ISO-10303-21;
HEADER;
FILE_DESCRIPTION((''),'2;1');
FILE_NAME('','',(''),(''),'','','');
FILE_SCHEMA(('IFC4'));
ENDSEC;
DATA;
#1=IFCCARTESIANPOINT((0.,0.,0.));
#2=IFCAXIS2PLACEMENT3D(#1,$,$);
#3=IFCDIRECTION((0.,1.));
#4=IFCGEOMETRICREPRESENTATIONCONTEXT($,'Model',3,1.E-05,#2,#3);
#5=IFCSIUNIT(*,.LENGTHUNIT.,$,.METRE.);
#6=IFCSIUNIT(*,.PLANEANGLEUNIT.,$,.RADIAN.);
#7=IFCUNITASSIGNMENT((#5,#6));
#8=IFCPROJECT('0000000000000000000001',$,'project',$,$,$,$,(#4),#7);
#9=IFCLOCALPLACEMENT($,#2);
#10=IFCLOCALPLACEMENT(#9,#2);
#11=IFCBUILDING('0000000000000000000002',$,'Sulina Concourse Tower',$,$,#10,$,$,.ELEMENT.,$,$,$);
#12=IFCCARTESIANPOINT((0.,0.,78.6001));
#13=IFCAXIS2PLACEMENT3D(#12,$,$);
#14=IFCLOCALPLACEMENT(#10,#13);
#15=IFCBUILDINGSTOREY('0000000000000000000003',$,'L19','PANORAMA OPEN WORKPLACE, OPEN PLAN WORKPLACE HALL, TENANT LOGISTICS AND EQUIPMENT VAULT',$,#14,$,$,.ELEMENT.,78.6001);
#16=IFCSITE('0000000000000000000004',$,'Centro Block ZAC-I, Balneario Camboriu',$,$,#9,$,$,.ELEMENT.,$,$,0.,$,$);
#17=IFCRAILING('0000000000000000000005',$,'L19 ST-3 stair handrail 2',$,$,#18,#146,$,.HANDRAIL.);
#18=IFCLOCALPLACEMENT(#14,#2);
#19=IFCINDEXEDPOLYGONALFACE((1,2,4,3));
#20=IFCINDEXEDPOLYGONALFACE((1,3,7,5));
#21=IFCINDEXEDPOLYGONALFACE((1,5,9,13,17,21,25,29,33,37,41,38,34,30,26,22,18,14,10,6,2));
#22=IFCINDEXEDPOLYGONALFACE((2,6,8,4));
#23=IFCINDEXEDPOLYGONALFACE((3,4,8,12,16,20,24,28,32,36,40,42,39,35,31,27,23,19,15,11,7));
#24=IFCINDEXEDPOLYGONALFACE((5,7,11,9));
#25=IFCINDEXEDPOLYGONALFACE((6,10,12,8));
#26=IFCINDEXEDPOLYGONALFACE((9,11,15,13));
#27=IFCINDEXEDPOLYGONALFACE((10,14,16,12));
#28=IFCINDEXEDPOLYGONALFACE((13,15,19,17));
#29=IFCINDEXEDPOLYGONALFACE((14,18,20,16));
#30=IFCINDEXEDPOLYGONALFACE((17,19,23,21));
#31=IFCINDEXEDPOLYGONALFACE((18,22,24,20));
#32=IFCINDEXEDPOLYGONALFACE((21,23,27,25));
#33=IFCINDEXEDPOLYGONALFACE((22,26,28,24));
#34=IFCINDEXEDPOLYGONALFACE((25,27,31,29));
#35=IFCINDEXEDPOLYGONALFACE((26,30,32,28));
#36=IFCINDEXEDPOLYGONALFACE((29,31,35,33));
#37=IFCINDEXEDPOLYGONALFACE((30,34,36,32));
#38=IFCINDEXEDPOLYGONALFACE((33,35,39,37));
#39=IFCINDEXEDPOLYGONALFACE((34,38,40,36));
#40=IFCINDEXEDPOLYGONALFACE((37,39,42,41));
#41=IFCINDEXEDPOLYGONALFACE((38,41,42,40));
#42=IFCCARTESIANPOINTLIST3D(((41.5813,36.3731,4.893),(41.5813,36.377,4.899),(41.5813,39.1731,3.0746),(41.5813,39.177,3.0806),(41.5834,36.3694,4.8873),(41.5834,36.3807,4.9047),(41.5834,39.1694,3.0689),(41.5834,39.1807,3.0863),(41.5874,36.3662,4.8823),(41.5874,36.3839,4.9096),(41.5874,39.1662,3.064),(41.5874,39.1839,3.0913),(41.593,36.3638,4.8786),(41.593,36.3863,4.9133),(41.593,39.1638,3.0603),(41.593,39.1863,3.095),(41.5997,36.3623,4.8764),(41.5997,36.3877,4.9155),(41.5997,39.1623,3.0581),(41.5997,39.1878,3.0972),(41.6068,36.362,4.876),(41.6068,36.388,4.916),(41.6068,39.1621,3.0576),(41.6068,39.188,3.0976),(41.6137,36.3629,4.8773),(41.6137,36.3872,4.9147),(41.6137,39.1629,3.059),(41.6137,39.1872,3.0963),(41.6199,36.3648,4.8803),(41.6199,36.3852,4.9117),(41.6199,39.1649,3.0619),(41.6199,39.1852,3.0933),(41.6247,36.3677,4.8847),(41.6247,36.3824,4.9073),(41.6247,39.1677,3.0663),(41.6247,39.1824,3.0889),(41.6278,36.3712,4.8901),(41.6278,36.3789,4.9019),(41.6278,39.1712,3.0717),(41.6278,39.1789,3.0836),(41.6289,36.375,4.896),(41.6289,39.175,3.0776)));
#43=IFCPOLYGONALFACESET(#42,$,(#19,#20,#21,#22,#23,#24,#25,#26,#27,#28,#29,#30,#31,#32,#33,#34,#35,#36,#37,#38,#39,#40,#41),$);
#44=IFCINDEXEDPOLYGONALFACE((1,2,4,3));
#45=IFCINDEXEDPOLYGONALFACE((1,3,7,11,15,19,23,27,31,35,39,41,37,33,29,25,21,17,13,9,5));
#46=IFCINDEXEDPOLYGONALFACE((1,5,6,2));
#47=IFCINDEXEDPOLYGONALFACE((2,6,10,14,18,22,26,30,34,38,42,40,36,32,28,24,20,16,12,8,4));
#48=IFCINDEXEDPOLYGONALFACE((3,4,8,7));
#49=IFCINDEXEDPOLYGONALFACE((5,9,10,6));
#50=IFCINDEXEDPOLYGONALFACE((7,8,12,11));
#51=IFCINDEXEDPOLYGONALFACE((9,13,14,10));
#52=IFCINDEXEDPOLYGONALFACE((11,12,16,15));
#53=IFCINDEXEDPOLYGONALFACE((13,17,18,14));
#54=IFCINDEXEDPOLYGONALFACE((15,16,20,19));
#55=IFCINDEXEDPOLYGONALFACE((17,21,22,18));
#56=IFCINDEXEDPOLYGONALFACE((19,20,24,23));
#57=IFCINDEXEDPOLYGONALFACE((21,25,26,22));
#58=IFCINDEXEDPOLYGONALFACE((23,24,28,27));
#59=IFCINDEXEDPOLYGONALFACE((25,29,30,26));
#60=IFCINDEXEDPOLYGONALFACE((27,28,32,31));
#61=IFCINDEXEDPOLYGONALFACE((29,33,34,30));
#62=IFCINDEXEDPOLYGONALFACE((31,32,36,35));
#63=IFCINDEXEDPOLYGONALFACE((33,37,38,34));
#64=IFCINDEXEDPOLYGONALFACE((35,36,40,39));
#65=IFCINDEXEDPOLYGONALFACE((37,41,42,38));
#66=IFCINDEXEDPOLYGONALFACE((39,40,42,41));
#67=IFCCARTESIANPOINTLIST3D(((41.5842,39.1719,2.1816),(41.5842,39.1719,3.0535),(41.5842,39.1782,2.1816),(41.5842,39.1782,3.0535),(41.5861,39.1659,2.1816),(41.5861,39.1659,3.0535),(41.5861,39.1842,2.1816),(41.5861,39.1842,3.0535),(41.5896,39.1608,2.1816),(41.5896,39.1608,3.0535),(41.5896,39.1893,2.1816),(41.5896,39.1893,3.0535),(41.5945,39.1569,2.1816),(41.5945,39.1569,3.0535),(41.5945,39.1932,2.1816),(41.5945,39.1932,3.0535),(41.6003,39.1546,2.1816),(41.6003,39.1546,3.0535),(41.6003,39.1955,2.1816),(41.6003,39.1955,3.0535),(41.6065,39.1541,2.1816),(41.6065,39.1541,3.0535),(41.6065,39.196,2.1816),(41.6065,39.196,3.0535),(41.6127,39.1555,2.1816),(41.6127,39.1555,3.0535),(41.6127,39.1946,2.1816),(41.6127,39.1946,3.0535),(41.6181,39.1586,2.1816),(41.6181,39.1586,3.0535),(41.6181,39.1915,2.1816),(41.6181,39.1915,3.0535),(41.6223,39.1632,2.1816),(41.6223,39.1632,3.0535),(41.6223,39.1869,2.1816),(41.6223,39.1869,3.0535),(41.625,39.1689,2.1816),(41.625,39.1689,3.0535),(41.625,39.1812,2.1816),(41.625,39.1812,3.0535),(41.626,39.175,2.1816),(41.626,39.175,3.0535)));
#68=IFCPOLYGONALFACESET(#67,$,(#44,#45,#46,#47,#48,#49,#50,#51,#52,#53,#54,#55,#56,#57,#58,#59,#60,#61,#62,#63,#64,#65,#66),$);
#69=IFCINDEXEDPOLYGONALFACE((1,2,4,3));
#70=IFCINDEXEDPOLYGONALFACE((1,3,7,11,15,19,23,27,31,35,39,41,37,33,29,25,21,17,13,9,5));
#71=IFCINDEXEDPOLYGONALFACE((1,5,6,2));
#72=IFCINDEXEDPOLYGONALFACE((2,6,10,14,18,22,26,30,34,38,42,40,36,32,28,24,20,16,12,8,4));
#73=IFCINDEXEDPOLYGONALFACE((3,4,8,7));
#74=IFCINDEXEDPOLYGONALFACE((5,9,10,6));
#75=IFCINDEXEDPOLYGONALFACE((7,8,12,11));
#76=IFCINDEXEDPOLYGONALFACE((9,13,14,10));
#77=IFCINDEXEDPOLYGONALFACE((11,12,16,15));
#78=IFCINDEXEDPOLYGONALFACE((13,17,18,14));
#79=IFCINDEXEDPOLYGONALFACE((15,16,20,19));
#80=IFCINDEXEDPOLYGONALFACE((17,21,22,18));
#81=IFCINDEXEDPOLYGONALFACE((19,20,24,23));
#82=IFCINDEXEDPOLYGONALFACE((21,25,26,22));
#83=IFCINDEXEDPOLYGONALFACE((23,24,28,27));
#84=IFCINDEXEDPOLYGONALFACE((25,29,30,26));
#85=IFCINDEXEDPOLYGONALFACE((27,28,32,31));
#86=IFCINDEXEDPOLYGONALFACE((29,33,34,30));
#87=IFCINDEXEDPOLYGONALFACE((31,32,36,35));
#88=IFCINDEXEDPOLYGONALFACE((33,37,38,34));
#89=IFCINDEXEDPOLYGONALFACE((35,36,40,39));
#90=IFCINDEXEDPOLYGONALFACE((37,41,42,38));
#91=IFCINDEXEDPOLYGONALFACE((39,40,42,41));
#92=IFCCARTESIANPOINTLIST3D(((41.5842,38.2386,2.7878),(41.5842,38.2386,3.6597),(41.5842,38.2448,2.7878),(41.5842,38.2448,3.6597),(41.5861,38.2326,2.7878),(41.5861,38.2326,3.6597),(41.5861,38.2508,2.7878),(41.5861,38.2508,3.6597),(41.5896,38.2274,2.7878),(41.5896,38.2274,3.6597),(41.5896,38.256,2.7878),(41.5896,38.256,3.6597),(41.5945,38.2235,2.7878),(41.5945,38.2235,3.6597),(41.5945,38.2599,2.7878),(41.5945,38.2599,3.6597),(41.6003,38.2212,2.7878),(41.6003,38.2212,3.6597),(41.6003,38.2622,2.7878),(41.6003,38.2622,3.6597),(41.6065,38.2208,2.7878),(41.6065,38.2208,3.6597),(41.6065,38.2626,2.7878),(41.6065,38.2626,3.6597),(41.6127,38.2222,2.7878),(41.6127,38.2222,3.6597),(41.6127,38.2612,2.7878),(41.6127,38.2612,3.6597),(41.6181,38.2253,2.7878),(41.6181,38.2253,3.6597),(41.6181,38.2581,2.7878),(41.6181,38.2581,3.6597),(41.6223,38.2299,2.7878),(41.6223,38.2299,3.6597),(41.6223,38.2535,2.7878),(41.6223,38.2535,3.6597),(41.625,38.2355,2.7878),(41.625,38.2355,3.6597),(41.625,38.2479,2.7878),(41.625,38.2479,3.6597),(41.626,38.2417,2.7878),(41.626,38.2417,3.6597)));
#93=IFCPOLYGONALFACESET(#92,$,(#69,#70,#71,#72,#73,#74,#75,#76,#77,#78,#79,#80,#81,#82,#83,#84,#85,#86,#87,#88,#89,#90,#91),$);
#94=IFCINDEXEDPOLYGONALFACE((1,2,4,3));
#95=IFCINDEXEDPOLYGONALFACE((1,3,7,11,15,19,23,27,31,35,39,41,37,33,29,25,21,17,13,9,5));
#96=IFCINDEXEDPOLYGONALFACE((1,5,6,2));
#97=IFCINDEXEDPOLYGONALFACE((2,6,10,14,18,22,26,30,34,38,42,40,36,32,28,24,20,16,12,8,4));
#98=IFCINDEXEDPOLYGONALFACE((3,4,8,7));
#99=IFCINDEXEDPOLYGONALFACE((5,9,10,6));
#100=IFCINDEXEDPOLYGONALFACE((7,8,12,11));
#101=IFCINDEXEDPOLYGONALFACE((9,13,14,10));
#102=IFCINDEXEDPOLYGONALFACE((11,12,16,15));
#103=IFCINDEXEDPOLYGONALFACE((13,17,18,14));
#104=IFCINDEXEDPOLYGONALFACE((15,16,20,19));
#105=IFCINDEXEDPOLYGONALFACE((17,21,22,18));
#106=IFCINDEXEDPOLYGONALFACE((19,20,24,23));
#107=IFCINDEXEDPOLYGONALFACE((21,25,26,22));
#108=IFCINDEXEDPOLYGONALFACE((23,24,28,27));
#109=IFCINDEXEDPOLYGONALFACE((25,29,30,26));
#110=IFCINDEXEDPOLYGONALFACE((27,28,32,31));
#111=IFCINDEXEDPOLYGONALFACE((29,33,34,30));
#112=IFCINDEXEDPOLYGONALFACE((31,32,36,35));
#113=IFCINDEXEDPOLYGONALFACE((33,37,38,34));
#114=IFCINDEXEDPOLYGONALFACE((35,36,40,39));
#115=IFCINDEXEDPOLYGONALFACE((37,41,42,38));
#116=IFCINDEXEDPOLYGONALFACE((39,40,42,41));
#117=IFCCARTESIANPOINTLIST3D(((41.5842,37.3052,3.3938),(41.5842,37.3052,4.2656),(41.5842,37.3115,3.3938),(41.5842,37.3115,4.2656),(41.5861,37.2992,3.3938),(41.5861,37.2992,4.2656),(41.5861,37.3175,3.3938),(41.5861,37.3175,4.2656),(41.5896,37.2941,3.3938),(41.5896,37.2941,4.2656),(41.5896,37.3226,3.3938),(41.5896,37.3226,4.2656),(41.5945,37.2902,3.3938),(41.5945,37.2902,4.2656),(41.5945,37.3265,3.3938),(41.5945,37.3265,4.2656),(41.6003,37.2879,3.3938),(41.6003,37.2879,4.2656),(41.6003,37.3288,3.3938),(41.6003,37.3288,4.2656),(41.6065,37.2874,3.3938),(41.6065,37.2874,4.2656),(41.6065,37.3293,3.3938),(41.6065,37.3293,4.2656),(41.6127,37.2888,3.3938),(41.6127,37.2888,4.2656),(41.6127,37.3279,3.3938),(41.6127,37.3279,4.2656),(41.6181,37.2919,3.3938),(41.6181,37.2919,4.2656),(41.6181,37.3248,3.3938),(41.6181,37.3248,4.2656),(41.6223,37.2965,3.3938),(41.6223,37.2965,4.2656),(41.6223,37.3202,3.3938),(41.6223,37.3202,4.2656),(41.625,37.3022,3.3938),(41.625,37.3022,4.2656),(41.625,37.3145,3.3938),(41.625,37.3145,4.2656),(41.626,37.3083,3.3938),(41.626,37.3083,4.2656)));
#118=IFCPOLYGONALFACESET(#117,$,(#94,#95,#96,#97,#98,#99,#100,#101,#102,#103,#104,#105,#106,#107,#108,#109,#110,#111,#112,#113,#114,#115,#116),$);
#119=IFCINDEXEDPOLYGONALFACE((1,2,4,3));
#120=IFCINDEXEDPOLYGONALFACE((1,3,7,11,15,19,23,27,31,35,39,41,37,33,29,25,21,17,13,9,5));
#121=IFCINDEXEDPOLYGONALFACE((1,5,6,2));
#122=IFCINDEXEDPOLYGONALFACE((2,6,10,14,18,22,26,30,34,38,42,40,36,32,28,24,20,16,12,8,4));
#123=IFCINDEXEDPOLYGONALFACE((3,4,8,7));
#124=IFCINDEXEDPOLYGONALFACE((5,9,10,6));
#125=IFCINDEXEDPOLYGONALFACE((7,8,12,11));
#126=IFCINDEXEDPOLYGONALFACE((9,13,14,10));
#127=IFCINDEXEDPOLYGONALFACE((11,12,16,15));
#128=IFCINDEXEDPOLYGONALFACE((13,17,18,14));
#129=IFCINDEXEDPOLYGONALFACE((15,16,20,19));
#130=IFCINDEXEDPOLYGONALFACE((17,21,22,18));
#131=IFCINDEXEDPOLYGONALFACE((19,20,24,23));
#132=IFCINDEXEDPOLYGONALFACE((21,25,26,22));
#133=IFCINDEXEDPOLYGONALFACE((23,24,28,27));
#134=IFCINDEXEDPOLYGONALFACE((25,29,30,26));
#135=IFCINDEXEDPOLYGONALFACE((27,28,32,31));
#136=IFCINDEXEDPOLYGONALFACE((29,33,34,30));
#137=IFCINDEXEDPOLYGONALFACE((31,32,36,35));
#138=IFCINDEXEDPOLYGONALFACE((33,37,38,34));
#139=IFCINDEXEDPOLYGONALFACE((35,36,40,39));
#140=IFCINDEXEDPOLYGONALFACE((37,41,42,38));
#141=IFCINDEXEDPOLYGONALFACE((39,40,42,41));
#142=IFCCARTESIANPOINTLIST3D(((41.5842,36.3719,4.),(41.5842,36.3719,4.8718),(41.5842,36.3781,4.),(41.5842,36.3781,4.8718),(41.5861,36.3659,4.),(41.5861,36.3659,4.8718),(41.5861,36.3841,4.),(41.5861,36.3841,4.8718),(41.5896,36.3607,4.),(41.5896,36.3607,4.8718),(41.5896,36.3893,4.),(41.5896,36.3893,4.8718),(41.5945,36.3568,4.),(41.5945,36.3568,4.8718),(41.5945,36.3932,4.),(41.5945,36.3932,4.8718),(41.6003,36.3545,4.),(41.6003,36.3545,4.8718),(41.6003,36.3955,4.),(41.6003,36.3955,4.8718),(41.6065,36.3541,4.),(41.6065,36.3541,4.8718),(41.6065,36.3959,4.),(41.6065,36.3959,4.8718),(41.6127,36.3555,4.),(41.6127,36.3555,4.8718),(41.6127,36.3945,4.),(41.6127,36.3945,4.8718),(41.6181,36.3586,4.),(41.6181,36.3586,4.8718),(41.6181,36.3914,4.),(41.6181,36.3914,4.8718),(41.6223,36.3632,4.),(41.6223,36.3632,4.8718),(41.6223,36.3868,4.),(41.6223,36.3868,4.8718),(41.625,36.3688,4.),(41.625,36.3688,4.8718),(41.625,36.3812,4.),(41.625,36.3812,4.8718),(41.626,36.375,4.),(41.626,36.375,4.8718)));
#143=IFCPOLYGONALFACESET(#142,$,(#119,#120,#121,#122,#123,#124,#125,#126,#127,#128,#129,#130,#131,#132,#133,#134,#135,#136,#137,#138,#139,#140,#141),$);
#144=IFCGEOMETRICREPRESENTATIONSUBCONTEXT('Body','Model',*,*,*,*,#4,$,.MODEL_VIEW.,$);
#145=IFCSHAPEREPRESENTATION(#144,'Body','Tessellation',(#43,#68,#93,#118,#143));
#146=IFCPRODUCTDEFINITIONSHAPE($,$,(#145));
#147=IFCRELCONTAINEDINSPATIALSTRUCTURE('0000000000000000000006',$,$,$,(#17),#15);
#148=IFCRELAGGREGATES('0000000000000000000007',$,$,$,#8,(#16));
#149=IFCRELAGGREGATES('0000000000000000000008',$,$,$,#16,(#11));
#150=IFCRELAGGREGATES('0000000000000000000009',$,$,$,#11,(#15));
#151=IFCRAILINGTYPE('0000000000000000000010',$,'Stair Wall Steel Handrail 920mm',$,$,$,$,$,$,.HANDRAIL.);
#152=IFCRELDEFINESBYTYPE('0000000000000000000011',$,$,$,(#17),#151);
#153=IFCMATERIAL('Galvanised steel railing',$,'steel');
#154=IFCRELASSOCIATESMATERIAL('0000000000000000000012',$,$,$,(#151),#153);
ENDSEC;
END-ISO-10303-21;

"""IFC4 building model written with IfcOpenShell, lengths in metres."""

from ifc_helpers import new_model, si_unit, direction, frame, origin, origin_2d, place, context, subcontext, project, spatial, circle, extrude, material, type_object, element, save


model = new_model("IFC4")

# Units and contexts
model_context = context("Model", 3, precision=1e-05, world=origin(), true_north=direction((0.0, 1.0)))
body_context = subcontext(model_context, "Body", "Model", "MODEL_VIEW")
ifc_project = project(units=[si_unit("LENGTHUNIT", "METRE"), si_unit("PLANEANGLEUNIT", "RADIAN")], contexts=[model_context])

# Site, building, storey
site_placement = place(None, origin())
site = spatial("IfcSite", under=ifc_project, at=site_placement, Name="Centro Block ZAC-I, Balneario Camboriu", CompositionType="ELEMENT", RefElevation=0.0)
building_placement = place(site_placement, origin())
building = spatial("IfcBuilding", under=site, at=building_placement, Name="Sulina Concourse Tower", CompositionType="ELEMENT")
storey_placement = place(building_placement, frame((0.0, 0.0, 78.6001)))
storey = spatial("IfcBuildingStorey", under=building, at=storey_placement, Name="L19", Description="PANORAMA OPEN WORKPLACE, OPEN PLAN WORKPLACE HALL, TENANT LOGISTICS AND EQUIPMENT VAULT", CompositionType="ELEMENT", Elevation=78.6001)

# Railing
ifc_material_1 = material(Name="Galvanised steel railing", Category="steel")
railing_type_1 = type_object("IfcRailingType", Name="Stair Wall Steel Handrail 920mm", PredefinedType="HANDRAIL", material=ifc_material_1)
railing_1_placement = place(storey_placement, frame((41.605, 39.175, 2.1816)))
element("IfcRailing", 1, at=railing_1_placement, inside=storey, type_object=railing_type_1, Name="L19 ST-3 stair handrail 2", PredefinedType="HANDRAIL", context=body_context, shape_type="SweptSolid", body=[
    extrude(circle(Radius=0.0239, at=origin_2d()), frame((0.0, 0.0, 0.896), z_axis=(0.0, -0.838672, 0.544636), x_axis=(1.0, 0.0, 0.0)), (0.0, 0.0, 1.0), 3.3386),
    extrude(circle(Radius=0.021, at=origin_2d()), origin(), (0.0, 0.0, 1.0), 0.8718),
    extrude(circle(Radius=0.021, at=origin_2d()), frame((0.0, -0.9333, 0.6062)), (0.0, 0.0, 1.0), 0.8718),
    extrude(circle(Radius=0.021, at=origin_2d()), frame((0.0, -1.8667, 1.2122)), (0.0, 0.0, 1.0), 0.8718),
    extrude(circle(Radius=0.021, at=origin_2d()), frame((0.0, -2.8, 1.8184)), (0.0, 0.0, 1.0), 0.8718),
])

save(model, "model.ifc")
